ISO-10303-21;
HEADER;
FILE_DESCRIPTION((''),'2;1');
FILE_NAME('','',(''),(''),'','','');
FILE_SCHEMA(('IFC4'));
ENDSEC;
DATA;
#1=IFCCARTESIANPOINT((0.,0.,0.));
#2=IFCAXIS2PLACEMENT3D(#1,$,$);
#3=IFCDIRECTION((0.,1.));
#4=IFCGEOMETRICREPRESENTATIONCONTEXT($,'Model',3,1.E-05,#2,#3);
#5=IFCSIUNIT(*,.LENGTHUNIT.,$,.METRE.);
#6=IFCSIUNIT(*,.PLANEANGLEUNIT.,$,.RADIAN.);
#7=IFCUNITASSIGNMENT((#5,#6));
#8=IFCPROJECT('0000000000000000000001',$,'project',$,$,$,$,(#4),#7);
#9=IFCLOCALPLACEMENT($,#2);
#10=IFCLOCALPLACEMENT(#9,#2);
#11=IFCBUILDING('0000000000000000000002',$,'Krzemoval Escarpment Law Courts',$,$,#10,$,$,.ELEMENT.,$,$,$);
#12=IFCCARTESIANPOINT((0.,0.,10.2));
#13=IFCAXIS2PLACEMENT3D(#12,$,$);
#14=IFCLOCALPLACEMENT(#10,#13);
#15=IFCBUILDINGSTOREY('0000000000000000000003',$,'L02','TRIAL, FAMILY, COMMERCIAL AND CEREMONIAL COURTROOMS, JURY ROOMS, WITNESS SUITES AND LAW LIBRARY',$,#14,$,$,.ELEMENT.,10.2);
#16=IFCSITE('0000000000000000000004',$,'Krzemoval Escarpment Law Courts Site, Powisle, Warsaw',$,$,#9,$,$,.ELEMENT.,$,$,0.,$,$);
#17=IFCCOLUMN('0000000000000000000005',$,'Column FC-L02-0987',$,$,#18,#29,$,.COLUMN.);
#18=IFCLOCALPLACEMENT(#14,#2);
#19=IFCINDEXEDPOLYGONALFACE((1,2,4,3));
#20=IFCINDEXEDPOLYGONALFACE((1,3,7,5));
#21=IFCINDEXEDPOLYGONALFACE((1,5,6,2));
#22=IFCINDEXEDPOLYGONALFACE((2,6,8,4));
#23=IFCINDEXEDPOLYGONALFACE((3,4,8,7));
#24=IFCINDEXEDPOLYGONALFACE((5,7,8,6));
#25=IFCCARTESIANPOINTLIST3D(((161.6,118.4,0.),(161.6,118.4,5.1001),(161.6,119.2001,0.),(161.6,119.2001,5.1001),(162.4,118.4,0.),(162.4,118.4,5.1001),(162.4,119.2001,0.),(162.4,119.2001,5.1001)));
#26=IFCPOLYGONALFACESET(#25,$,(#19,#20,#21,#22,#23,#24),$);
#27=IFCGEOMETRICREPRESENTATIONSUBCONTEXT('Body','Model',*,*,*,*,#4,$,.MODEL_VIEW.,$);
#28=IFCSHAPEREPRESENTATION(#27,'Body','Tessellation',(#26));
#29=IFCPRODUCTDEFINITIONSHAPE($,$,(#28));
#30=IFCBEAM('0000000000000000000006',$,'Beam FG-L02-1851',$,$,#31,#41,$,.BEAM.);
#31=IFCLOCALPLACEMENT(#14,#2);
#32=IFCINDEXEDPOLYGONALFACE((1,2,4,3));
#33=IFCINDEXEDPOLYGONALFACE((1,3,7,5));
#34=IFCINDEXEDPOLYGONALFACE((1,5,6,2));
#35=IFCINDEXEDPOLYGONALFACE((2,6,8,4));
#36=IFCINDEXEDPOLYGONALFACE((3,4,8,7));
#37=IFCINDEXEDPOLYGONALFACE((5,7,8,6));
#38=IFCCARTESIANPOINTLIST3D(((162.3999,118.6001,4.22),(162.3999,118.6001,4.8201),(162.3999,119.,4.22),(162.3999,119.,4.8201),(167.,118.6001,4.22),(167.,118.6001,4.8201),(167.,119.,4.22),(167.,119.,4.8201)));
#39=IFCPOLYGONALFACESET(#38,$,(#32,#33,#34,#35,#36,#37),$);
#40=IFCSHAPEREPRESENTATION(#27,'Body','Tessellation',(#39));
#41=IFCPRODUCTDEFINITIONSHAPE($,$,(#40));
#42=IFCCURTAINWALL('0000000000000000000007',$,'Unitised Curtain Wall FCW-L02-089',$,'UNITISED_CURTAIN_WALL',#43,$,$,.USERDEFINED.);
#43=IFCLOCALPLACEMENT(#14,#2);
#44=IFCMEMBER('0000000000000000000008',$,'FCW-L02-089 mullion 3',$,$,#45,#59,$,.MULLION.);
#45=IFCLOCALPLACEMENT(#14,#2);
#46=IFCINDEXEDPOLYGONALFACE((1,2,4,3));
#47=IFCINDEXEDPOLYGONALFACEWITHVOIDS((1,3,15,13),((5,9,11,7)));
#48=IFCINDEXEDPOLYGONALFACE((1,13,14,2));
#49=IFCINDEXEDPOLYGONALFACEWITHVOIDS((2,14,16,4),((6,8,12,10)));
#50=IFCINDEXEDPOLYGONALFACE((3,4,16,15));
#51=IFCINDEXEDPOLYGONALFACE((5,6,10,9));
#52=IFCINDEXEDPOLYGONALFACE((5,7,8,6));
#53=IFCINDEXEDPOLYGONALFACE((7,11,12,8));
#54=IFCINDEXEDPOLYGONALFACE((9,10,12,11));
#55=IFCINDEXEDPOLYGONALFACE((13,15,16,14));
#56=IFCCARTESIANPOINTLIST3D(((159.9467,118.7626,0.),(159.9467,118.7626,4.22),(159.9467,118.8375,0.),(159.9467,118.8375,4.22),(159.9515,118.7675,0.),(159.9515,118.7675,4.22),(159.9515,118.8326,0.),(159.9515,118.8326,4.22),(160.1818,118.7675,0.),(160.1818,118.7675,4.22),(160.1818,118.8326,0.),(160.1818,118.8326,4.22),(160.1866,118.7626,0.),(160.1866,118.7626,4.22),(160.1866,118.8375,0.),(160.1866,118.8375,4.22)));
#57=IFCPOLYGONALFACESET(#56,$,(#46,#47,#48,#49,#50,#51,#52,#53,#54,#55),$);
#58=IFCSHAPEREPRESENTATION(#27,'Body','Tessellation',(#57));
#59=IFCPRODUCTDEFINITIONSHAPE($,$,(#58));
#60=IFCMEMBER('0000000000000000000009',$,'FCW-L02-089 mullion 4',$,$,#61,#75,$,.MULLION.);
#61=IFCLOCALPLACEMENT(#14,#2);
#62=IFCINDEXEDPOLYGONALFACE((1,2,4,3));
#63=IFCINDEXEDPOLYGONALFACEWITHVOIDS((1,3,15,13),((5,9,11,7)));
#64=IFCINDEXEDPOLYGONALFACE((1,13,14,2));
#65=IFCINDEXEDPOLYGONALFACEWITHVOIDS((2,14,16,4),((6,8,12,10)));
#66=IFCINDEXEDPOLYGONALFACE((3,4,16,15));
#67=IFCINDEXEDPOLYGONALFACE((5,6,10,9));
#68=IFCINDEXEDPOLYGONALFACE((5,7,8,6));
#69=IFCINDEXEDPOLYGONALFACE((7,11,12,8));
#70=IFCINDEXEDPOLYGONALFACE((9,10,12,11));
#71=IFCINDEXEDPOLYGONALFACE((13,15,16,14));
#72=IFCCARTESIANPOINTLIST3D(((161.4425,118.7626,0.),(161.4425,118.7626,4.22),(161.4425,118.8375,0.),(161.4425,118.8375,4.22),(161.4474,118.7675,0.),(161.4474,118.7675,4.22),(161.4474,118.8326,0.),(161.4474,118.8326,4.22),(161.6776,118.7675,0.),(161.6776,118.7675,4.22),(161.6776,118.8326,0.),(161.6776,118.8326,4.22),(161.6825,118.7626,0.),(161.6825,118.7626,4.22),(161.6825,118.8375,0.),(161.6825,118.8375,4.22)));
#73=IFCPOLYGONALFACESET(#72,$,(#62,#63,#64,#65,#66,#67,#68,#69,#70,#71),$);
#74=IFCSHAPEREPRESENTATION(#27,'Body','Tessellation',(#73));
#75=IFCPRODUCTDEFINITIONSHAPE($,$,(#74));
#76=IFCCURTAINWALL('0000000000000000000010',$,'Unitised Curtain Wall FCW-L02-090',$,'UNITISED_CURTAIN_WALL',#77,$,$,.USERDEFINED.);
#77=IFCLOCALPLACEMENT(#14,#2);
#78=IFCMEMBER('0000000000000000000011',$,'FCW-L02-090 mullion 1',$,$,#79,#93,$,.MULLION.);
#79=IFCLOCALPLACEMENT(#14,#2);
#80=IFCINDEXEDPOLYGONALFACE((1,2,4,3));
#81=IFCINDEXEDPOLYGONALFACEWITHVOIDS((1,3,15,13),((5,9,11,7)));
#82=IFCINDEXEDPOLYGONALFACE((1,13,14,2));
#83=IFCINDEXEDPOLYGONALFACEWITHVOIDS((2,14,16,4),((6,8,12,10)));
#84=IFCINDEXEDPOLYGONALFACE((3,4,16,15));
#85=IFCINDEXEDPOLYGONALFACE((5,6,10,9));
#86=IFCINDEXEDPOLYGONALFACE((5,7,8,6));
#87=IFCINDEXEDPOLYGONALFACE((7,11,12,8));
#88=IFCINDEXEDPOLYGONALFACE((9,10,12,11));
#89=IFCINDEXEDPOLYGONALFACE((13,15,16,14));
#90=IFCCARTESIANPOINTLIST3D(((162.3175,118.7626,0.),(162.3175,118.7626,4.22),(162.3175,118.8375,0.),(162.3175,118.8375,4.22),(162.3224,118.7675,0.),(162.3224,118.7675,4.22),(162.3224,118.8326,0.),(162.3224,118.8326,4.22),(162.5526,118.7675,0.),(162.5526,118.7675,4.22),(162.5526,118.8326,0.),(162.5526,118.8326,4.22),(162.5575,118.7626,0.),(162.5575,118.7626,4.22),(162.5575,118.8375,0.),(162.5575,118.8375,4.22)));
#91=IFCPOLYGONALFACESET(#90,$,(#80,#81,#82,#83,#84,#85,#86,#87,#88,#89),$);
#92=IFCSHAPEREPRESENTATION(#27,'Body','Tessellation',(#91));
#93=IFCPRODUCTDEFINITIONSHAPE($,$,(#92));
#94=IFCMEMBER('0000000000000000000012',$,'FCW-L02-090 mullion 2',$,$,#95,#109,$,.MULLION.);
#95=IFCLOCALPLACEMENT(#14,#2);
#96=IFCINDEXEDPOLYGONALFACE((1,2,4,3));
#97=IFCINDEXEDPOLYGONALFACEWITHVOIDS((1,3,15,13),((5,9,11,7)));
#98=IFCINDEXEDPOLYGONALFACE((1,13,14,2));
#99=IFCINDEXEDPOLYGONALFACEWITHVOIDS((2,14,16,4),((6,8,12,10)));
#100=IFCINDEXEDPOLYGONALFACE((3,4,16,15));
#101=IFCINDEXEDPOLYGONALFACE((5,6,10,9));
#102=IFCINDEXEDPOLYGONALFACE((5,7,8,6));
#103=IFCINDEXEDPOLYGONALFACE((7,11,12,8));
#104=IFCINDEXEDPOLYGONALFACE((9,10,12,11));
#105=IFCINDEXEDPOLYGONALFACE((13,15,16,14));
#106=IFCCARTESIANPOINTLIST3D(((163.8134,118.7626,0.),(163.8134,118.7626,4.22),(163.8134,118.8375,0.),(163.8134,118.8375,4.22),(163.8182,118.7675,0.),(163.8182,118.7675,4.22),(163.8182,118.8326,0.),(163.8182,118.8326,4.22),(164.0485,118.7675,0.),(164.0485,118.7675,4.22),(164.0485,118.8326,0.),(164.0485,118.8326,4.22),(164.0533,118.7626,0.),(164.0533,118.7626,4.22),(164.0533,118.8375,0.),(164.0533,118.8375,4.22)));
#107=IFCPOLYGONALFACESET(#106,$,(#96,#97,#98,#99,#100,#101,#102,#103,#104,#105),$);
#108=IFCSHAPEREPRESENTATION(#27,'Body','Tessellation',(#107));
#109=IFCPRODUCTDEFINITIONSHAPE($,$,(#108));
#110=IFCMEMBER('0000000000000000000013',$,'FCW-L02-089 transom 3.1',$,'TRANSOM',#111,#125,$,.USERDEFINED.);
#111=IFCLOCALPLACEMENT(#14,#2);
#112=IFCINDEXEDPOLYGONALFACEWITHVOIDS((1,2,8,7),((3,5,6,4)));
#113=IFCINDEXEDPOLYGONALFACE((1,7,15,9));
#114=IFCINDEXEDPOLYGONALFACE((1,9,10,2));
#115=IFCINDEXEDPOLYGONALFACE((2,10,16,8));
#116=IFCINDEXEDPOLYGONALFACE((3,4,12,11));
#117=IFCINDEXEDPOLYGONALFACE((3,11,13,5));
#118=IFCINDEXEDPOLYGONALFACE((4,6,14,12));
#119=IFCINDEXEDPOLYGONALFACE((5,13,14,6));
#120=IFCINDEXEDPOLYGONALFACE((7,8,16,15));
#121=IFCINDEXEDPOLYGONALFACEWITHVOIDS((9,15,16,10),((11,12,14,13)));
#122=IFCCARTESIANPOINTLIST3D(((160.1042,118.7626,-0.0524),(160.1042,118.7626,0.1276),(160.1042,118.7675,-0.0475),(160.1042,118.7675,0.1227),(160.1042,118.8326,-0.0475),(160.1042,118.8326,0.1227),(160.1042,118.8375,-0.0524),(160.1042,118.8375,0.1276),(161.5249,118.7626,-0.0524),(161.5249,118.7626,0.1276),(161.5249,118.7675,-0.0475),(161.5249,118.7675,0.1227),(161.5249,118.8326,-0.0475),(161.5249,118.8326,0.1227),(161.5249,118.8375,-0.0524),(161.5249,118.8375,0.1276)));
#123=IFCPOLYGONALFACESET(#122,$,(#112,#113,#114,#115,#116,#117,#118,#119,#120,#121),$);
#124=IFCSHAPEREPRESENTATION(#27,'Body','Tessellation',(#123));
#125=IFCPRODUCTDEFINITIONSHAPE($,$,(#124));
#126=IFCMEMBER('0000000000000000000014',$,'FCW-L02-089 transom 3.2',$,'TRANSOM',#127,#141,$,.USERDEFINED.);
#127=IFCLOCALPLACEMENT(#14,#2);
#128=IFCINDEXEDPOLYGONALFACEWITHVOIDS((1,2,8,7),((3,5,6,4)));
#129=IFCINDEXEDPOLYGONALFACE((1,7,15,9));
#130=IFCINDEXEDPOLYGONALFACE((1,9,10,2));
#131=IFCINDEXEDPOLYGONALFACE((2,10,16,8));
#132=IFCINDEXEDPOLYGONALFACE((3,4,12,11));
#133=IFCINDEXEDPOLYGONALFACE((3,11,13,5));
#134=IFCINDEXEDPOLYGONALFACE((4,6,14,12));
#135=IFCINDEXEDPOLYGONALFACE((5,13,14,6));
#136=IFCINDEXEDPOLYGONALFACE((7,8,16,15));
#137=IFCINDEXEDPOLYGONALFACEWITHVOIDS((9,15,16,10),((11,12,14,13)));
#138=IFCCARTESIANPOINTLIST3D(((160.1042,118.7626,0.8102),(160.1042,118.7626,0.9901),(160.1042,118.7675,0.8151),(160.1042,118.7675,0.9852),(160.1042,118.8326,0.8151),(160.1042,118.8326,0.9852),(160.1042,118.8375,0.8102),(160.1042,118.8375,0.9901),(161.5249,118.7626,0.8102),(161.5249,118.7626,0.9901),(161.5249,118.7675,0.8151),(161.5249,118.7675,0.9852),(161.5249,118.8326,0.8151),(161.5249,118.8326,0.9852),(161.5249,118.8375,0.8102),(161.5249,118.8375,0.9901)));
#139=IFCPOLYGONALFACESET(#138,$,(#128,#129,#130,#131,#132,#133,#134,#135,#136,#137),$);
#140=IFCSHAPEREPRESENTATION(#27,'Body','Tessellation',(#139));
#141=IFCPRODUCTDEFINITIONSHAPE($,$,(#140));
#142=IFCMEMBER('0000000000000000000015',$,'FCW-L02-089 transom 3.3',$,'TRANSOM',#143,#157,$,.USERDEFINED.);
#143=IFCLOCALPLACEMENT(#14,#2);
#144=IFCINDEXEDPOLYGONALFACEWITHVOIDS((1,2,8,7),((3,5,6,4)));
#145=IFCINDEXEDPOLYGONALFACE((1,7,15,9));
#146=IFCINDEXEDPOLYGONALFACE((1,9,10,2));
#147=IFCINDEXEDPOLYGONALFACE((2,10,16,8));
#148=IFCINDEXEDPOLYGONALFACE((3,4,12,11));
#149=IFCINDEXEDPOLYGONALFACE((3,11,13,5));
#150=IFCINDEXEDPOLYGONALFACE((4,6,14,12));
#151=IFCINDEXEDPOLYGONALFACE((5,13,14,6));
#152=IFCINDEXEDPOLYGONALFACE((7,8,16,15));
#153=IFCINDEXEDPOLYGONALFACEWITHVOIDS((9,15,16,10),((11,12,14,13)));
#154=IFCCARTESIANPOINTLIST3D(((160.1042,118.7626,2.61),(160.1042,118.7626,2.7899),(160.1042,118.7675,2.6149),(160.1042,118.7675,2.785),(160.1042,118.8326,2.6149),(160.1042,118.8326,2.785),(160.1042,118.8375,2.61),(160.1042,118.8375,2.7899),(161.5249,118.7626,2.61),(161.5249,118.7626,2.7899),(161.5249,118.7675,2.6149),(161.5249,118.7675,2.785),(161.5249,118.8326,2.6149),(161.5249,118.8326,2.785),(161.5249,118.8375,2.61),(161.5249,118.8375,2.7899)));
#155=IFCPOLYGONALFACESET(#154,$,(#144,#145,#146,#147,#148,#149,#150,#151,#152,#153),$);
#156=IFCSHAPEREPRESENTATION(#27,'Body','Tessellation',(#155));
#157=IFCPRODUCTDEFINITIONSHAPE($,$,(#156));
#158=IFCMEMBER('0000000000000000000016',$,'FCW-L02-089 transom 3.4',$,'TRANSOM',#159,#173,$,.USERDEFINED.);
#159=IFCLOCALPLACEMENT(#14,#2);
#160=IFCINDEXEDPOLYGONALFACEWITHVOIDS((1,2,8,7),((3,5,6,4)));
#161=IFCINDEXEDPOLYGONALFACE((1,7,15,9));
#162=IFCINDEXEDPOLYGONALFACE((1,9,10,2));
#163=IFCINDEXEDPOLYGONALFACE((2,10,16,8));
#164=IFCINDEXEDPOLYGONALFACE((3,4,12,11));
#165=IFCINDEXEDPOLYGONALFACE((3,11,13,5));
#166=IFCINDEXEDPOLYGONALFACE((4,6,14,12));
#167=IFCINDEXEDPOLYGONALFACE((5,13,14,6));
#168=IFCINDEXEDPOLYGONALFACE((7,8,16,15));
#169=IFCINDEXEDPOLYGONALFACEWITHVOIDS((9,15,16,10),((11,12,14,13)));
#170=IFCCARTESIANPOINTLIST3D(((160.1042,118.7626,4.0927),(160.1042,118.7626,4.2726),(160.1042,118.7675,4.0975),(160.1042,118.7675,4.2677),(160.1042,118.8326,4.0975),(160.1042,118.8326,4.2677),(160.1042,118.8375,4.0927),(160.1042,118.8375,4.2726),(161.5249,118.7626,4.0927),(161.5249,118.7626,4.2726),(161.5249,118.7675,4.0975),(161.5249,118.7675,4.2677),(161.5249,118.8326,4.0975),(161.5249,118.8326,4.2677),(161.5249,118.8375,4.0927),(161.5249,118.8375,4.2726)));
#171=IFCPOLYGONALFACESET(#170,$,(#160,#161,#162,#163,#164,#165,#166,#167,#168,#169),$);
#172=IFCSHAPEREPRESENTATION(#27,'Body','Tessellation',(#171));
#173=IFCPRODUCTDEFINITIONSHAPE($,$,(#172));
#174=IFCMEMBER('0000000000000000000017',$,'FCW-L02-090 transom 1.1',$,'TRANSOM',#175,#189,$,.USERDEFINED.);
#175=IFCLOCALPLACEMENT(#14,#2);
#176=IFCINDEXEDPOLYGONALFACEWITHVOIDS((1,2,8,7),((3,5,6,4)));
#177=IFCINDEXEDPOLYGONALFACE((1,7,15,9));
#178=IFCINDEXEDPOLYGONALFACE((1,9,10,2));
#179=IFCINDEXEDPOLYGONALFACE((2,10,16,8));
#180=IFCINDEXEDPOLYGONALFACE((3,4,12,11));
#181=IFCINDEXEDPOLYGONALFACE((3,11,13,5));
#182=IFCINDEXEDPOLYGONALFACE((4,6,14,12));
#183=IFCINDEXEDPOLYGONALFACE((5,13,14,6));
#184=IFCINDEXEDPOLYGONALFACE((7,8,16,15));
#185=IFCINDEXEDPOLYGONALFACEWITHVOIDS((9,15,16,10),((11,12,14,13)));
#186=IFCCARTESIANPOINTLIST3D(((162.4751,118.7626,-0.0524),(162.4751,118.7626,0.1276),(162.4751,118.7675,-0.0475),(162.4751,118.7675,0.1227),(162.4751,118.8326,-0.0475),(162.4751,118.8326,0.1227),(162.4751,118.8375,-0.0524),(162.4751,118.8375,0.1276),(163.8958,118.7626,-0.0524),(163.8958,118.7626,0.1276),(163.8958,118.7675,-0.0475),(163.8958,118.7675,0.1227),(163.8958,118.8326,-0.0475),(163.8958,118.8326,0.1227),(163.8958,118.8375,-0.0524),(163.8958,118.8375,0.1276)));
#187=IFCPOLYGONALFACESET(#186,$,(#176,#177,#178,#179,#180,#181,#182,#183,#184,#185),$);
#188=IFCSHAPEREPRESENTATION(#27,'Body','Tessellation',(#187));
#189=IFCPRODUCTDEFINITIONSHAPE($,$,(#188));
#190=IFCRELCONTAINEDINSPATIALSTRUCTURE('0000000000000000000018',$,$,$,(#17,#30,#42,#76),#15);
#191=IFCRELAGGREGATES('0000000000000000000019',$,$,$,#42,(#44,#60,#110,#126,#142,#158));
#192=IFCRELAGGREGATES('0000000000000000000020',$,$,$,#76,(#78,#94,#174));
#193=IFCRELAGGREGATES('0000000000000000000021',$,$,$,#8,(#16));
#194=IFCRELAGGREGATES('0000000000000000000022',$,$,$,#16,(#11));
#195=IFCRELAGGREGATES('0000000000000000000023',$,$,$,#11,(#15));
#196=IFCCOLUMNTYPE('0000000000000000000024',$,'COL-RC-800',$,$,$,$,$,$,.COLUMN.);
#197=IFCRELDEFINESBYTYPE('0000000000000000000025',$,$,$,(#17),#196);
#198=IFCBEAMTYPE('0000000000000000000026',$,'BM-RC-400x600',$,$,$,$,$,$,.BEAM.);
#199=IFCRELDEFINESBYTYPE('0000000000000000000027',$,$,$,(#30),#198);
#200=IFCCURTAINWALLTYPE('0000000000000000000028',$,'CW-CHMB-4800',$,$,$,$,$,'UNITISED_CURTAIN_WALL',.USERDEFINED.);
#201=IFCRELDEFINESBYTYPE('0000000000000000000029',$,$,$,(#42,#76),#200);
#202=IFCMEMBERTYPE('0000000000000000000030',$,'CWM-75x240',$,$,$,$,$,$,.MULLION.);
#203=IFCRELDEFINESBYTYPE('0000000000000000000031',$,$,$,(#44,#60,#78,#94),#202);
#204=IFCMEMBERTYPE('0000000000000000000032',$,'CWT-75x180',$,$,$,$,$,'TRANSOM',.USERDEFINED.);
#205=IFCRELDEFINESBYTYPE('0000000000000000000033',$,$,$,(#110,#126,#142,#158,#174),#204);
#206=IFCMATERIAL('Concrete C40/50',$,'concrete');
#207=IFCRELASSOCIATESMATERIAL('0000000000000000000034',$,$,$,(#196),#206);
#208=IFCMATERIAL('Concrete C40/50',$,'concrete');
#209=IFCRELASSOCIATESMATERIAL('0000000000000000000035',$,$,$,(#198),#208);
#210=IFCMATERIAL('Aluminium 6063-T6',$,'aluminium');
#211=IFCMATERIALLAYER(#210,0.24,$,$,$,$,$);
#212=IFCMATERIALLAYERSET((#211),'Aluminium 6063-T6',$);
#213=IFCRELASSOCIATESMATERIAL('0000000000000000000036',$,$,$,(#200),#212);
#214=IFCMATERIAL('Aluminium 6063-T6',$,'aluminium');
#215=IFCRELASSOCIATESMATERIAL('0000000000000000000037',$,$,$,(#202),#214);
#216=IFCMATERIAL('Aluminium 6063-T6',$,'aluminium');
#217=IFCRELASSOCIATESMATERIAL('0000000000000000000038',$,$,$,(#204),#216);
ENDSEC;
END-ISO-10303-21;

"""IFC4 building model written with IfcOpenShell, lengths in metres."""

from ifc_helpers import new_model, si_unit, direction, frame, origin, origin_2d, place, context, subcontext, project, spatial, rectangle, hollow_rectangle, extrude, material, layer, layer_set, material_profile, profile_set, type_object, element, aggregate, save


model = new_model("IFC4")

# Units and contexts
model_context = context("Model", 3, precision=1e-05, world=origin(), true_north=direction((0.0, 1.0)))
body_context = subcontext(model_context, "Body", "Model", "MODEL_VIEW")
ifc_project = project(units=[si_unit("LENGTHUNIT", "METRE"), si_unit("PLANEANGLEUNIT", "RADIAN")], contexts=[model_context])

# Site, building, storey
site_placement = place(None, origin())
site = spatial("IfcSite", under=ifc_project, at=site_placement, Name="Krzemoval Escarpment Law Courts Site, Powisle, Warsaw", CompositionType="ELEMENT", RefElevation=0.0)
building_placement = place(site_placement, origin())
building = spatial("IfcBuilding", under=site, at=building_placement, Name="Krzemoval Escarpment Law Courts", CompositionType="ELEMENT")
storey_placement = place(building_placement, frame((0.0, 0.0, 10.2)))
storey = spatial("IfcBuildingStorey", under=building, at=storey_placement, Name="L02", Description="TRIAL, FAMILY, COMMERCIAL AND CEREMONIAL COURTROOMS, JURY ROOMS, WITNESS SUITES AND LAW LIBRARY", CompositionType="ELEMENT", Elevation=10.2)

# Column
ifc_material_1 = material(Name="Concrete C40/50", Category="concrete")
ifc_material_profile_1 = material_profile(ifc_material_1, rectangle(XDim=0.8, YDim=0.8, at=origin_2d()), Name="RC 800x800")
ifc_profile_set_1 = profile_set([ifc_material_profile_1], Name="Concrete C40/50")
column_type = type_object("IfcColumnType", Name="COL-RC-800", PredefinedType="COLUMN", material=ifc_profile_set_1)
column_placement = place(storey_placement, frame((162.0, 118.8, 0.0), z_axis=(0.0, 0.0, 1.0), x_axis=(1.0, 0.0, 0.0)))
element("IfcColumn", 1, at=column_placement, inside=storey, type_object=column_type, Name="Column FC-L02-0987", PredefinedType="COLUMN", context=body_context, shape_type="SweptSolid", body=[
    extrude(rectangle(XDim=0.8, YDim=0.8, at=origin_2d()), origin(), (0.0, 0.0, 1.0), 5.1001),
])

# Beam
ifc_material_2 = material(Name="Concrete C40/50", Category="concrete")
ifc_material_profile_2 = material_profile(ifc_material_2, rectangle(XDim=0.3999, YDim=0.6001, at=origin_2d()), Name="RCB 400x600")
ifc_profile_set_2 = profile_set([ifc_material_profile_2], Name="Concrete C40/50")
beam_type = type_object("IfcBeamType", Name="BM-RC-400x600", PredefinedType="BEAM", material=ifc_profile_set_2)
beam_placement = place(storey_placement, frame((162.3999, 118.8, 4.52), z_axis=(1.0, 0.0, 0.0), x_axis=(0.0, 1.0, 0.0)))
element("IfcBeam", 2, at=beam_placement, inside=storey, type_object=beam_type, Name="Beam FG-L02-1851", PredefinedType="BEAM", context=body_context, shape_type="SweptSolid", body=[
    extrude(rectangle(XDim=0.3999, YDim=0.6001, at=origin_2d()), origin(), (0.0, 0.0, 1.0), 4.6001),
])

# Curtain walls, members
ifc_material_3 = material(Name="Aluminium 6063-T6", Category="aluminium")
ifc_layer_1 = layer(ifc_material_3, 0.24)
ifc_layer_set_1 = layer_set([ifc_layer_1], Name="Aluminium 6063-T6")
curtain_wall_type = type_object("IfcCurtainWallType", Name="CW-CHMB-4800", ElementType="UNITISED_CURTAIN_WALL", PredefinedType="USERDEFINED", material=ifc_layer_set_1)
curtain_wall_1_placement = place(storey_placement, origin())
curtain_wall_1 = element("IfcCurtainWall", 3, at=curtain_wall_1_placement, inside=storey, type_object=curtain_wall_type, Name="Unitised Curtain Wall FCW-L02-089", ObjectType="UNITISED_CURTAIN_WALL", PredefinedType="USERDEFINED")
ifc_material_4 = material(Name="Aluminium 6063-T6", Category="aluminium")
ifc_material_profile_3 = material_profile(ifc_material_4, hollow_rectangle(XDim=0.075, YDim=0.24, WallThickness=0.0049, at=origin_2d()), Name="ALU M75x240")
ifc_profile_set_3 = profile_set([ifc_material_profile_3], Name="Aluminium 6063-T6")
member_type_1 = type_object("IfcMemberType", Name="CWM-75x240", PredefinedType="MULLION", material=ifc_profile_set_3)
member_1_placement = place(storey_placement, frame((160.0667, 118.8, 0.0), z_axis=(0.0, 0.0, 1.0), x_axis=(0.0, 1.0, 0.0)))
member_1 = element("IfcMember", 4, at=member_1_placement, type_object=member_type_1, Name="FCW-L02-089 mullion 3", PredefinedType="MULLION", context=body_context, shape_type="SweptSolid", body=[
    extrude(hollow_rectangle(XDim=0.075, YDim=0.24, WallThickness=0.0049, at=origin_2d()), origin(), (0.0, 0.0, 1.0), 4.22),
])
member_2_placement = place(storey_placement, frame((161.5625, 118.8, 0.0), z_axis=(0.0, 0.0, 1.0), x_axis=(0.0, 1.0, 0.0)))
member_2 = element("IfcMember", 5, at=member_2_placement, type_object=member_type_1, Name="FCW-L02-089 mullion 4", PredefinedType="MULLION", context=body_context, shape_type="SweptSolid", body=[
    extrude(hollow_rectangle(XDim=0.075, YDim=0.24, WallThickness=0.0049, at=origin_2d()), origin(), (0.0, 0.0, 1.0), 4.22),
])
curtain_wall_2_placement = place(storey_placement, origin())
curtain_wall_2 = element("IfcCurtainWall", 6, at=curtain_wall_2_placement, inside=storey, type_object=curtain_wall_type, Name="Unitised Curtain Wall FCW-L02-090", ObjectType="UNITISED_CURTAIN_WALL", PredefinedType="USERDEFINED")
member_3_placement = place(storey_placement, frame((162.4375, 118.8, 0.0), z_axis=(0.0, 0.0, 1.0), x_axis=(0.0, 1.0, 0.0)))
member_3 = element("IfcMember", 7, at=member_3_placement, type_object=member_type_1, Name="FCW-L02-090 mullion 1", PredefinedType="MULLION", context=body_context, shape_type="SweptSolid", body=[
    extrude(hollow_rectangle(XDim=0.075, YDim=0.24, WallThickness=0.0049, at=origin_2d()), origin(), (0.0, 0.0, 1.0), 4.22),
])
member_4_placement = place(storey_placement, frame((163.9333, 118.8, 0.0), z_axis=(0.0, 0.0, 1.0), x_axis=(0.0, 1.0, 0.0)))
member_4 = element("IfcMember", 8, at=member_4_placement, type_object=member_type_1, Name="FCW-L02-090 mullion 2", PredefinedType="MULLION", context=body_context, shape_type="SweptSolid", body=[
    extrude(hollow_rectangle(XDim=0.075, YDim=0.24, WallThickness=0.0049, at=origin_2d()), origin(), (0.0, 0.0, 1.0), 4.22),
])

# Members
ifc_material_5 = material(Name="Aluminium 6063-T6", Category="aluminium")
ifc_material_profile_4 = material_profile(ifc_material_5, hollow_rectangle(XDim=0.075, YDim=0.1799, WallThickness=0.0049, at=origin_2d()), Name="ALU T75x180")
ifc_profile_set_4 = profile_set([ifc_material_profile_4], Name="Aluminium 6063-T6")
member_type_2 = type_object("IfcMemberType", Name="CWT-75x180", ElementType="TRANSOM", PredefinedType="USERDEFINED", material=ifc_profile_set_4)
member_5_placement = place(storey_placement, frame((160.1042, 118.8, 0.0376), z_axis=(1.0, 0.0, 0.0), x_axis=(0.0, 1.0, 0.0)))
member_5 = element("IfcMember", 9, at=member_5_placement, type_object=member_type_2, Name="FCW-L02-089 transom 3.1", ObjectType="TRANSOM", PredefinedType="USERDEFINED", context=body_context, shape_type="SweptSolid", body=[
    extrude(hollow_rectangle(XDim=0.075, YDim=0.1799, WallThickness=0.0049, at=origin_2d()), origin(), (0.0, 0.0, 1.0), 1.4207),
])
member_6_placement = place(storey_placement, frame((160.1042, 118.8, 0.9001), z_axis=(1.0, 0.0, 0.0), x_axis=(0.0, 1.0, 0.0)))
member_6 = element("IfcMember", 10, at=member_6_placement, type_object=member_type_2, Name="FCW-L02-089 transom 3.2", ObjectType="TRANSOM", PredefinedType="USERDEFINED", context=body_context, shape_type="SweptSolid", body=[
    extrude(hollow_rectangle(XDim=0.075, YDim=0.1799, WallThickness=0.0049, at=origin_2d()), origin(), (0.0, 0.0, 1.0), 1.4207),
])
member_7_placement = place(storey_placement, frame((160.1042, 118.8, 2.7), z_axis=(1.0, 0.0, 0.0), x_axis=(0.0, 1.0, 0.0)))
member_7 = element("IfcMember", 11, at=member_7_placement, type_object=member_type_2, Name="FCW-L02-089 transom 3.3", ObjectType="TRANSOM", PredefinedType="USERDEFINED", context=body_context, shape_type="SweptSolid", body=[
    extrude(hollow_rectangle(XDim=0.075, YDim=0.1799, WallThickness=0.0049, at=origin_2d()), origin(), (0.0, 0.0, 1.0), 1.4207),
])
member_8_placement = place(storey_placement, frame((160.1042, 118.8, 4.1826), z_axis=(1.0, 0.0, 0.0), x_axis=(0.0, 1.0, 0.0)))
member_8 = element("IfcMember", 12, at=member_8_placement, type_object=member_type_2, Name="FCW-L02-089 transom 3.4", ObjectType="TRANSOM", PredefinedType="USERDEFINED", context=body_context, shape_type="SweptSolid", body=[
    extrude(hollow_rectangle(XDim=0.075, YDim=0.1799, WallThickness=0.0049, at=origin_2d()), origin(), (0.0, 0.0, 1.0), 1.4207),
])
member_9_placement = place(storey_placement, frame((162.4751, 118.8, 0.0376), z_axis=(1.0, 0.0, 0.0), x_axis=(0.0, 1.0, 0.0)))
member_9 = element("IfcMember", 13, at=member_9_placement, type_object=member_type_2, Name="FCW-L02-090 transom 1.1", ObjectType="TRANSOM", PredefinedType="USERDEFINED", context=body_context, shape_type="SweptSolid", body=[
    extrude(hollow_rectangle(XDim=0.075, YDim=0.1799, WallThickness=0.0049, at=origin_2d()), origin(), (0.0, 0.0, 1.0), 1.4207),
])

aggregate(curtain_wall_1, [member_1, member_2, member_5, member_6, member_7, member_8])
aggregate(curtain_wall_2, [member_3, member_4, member_9])

save(model, "model.ifc")
